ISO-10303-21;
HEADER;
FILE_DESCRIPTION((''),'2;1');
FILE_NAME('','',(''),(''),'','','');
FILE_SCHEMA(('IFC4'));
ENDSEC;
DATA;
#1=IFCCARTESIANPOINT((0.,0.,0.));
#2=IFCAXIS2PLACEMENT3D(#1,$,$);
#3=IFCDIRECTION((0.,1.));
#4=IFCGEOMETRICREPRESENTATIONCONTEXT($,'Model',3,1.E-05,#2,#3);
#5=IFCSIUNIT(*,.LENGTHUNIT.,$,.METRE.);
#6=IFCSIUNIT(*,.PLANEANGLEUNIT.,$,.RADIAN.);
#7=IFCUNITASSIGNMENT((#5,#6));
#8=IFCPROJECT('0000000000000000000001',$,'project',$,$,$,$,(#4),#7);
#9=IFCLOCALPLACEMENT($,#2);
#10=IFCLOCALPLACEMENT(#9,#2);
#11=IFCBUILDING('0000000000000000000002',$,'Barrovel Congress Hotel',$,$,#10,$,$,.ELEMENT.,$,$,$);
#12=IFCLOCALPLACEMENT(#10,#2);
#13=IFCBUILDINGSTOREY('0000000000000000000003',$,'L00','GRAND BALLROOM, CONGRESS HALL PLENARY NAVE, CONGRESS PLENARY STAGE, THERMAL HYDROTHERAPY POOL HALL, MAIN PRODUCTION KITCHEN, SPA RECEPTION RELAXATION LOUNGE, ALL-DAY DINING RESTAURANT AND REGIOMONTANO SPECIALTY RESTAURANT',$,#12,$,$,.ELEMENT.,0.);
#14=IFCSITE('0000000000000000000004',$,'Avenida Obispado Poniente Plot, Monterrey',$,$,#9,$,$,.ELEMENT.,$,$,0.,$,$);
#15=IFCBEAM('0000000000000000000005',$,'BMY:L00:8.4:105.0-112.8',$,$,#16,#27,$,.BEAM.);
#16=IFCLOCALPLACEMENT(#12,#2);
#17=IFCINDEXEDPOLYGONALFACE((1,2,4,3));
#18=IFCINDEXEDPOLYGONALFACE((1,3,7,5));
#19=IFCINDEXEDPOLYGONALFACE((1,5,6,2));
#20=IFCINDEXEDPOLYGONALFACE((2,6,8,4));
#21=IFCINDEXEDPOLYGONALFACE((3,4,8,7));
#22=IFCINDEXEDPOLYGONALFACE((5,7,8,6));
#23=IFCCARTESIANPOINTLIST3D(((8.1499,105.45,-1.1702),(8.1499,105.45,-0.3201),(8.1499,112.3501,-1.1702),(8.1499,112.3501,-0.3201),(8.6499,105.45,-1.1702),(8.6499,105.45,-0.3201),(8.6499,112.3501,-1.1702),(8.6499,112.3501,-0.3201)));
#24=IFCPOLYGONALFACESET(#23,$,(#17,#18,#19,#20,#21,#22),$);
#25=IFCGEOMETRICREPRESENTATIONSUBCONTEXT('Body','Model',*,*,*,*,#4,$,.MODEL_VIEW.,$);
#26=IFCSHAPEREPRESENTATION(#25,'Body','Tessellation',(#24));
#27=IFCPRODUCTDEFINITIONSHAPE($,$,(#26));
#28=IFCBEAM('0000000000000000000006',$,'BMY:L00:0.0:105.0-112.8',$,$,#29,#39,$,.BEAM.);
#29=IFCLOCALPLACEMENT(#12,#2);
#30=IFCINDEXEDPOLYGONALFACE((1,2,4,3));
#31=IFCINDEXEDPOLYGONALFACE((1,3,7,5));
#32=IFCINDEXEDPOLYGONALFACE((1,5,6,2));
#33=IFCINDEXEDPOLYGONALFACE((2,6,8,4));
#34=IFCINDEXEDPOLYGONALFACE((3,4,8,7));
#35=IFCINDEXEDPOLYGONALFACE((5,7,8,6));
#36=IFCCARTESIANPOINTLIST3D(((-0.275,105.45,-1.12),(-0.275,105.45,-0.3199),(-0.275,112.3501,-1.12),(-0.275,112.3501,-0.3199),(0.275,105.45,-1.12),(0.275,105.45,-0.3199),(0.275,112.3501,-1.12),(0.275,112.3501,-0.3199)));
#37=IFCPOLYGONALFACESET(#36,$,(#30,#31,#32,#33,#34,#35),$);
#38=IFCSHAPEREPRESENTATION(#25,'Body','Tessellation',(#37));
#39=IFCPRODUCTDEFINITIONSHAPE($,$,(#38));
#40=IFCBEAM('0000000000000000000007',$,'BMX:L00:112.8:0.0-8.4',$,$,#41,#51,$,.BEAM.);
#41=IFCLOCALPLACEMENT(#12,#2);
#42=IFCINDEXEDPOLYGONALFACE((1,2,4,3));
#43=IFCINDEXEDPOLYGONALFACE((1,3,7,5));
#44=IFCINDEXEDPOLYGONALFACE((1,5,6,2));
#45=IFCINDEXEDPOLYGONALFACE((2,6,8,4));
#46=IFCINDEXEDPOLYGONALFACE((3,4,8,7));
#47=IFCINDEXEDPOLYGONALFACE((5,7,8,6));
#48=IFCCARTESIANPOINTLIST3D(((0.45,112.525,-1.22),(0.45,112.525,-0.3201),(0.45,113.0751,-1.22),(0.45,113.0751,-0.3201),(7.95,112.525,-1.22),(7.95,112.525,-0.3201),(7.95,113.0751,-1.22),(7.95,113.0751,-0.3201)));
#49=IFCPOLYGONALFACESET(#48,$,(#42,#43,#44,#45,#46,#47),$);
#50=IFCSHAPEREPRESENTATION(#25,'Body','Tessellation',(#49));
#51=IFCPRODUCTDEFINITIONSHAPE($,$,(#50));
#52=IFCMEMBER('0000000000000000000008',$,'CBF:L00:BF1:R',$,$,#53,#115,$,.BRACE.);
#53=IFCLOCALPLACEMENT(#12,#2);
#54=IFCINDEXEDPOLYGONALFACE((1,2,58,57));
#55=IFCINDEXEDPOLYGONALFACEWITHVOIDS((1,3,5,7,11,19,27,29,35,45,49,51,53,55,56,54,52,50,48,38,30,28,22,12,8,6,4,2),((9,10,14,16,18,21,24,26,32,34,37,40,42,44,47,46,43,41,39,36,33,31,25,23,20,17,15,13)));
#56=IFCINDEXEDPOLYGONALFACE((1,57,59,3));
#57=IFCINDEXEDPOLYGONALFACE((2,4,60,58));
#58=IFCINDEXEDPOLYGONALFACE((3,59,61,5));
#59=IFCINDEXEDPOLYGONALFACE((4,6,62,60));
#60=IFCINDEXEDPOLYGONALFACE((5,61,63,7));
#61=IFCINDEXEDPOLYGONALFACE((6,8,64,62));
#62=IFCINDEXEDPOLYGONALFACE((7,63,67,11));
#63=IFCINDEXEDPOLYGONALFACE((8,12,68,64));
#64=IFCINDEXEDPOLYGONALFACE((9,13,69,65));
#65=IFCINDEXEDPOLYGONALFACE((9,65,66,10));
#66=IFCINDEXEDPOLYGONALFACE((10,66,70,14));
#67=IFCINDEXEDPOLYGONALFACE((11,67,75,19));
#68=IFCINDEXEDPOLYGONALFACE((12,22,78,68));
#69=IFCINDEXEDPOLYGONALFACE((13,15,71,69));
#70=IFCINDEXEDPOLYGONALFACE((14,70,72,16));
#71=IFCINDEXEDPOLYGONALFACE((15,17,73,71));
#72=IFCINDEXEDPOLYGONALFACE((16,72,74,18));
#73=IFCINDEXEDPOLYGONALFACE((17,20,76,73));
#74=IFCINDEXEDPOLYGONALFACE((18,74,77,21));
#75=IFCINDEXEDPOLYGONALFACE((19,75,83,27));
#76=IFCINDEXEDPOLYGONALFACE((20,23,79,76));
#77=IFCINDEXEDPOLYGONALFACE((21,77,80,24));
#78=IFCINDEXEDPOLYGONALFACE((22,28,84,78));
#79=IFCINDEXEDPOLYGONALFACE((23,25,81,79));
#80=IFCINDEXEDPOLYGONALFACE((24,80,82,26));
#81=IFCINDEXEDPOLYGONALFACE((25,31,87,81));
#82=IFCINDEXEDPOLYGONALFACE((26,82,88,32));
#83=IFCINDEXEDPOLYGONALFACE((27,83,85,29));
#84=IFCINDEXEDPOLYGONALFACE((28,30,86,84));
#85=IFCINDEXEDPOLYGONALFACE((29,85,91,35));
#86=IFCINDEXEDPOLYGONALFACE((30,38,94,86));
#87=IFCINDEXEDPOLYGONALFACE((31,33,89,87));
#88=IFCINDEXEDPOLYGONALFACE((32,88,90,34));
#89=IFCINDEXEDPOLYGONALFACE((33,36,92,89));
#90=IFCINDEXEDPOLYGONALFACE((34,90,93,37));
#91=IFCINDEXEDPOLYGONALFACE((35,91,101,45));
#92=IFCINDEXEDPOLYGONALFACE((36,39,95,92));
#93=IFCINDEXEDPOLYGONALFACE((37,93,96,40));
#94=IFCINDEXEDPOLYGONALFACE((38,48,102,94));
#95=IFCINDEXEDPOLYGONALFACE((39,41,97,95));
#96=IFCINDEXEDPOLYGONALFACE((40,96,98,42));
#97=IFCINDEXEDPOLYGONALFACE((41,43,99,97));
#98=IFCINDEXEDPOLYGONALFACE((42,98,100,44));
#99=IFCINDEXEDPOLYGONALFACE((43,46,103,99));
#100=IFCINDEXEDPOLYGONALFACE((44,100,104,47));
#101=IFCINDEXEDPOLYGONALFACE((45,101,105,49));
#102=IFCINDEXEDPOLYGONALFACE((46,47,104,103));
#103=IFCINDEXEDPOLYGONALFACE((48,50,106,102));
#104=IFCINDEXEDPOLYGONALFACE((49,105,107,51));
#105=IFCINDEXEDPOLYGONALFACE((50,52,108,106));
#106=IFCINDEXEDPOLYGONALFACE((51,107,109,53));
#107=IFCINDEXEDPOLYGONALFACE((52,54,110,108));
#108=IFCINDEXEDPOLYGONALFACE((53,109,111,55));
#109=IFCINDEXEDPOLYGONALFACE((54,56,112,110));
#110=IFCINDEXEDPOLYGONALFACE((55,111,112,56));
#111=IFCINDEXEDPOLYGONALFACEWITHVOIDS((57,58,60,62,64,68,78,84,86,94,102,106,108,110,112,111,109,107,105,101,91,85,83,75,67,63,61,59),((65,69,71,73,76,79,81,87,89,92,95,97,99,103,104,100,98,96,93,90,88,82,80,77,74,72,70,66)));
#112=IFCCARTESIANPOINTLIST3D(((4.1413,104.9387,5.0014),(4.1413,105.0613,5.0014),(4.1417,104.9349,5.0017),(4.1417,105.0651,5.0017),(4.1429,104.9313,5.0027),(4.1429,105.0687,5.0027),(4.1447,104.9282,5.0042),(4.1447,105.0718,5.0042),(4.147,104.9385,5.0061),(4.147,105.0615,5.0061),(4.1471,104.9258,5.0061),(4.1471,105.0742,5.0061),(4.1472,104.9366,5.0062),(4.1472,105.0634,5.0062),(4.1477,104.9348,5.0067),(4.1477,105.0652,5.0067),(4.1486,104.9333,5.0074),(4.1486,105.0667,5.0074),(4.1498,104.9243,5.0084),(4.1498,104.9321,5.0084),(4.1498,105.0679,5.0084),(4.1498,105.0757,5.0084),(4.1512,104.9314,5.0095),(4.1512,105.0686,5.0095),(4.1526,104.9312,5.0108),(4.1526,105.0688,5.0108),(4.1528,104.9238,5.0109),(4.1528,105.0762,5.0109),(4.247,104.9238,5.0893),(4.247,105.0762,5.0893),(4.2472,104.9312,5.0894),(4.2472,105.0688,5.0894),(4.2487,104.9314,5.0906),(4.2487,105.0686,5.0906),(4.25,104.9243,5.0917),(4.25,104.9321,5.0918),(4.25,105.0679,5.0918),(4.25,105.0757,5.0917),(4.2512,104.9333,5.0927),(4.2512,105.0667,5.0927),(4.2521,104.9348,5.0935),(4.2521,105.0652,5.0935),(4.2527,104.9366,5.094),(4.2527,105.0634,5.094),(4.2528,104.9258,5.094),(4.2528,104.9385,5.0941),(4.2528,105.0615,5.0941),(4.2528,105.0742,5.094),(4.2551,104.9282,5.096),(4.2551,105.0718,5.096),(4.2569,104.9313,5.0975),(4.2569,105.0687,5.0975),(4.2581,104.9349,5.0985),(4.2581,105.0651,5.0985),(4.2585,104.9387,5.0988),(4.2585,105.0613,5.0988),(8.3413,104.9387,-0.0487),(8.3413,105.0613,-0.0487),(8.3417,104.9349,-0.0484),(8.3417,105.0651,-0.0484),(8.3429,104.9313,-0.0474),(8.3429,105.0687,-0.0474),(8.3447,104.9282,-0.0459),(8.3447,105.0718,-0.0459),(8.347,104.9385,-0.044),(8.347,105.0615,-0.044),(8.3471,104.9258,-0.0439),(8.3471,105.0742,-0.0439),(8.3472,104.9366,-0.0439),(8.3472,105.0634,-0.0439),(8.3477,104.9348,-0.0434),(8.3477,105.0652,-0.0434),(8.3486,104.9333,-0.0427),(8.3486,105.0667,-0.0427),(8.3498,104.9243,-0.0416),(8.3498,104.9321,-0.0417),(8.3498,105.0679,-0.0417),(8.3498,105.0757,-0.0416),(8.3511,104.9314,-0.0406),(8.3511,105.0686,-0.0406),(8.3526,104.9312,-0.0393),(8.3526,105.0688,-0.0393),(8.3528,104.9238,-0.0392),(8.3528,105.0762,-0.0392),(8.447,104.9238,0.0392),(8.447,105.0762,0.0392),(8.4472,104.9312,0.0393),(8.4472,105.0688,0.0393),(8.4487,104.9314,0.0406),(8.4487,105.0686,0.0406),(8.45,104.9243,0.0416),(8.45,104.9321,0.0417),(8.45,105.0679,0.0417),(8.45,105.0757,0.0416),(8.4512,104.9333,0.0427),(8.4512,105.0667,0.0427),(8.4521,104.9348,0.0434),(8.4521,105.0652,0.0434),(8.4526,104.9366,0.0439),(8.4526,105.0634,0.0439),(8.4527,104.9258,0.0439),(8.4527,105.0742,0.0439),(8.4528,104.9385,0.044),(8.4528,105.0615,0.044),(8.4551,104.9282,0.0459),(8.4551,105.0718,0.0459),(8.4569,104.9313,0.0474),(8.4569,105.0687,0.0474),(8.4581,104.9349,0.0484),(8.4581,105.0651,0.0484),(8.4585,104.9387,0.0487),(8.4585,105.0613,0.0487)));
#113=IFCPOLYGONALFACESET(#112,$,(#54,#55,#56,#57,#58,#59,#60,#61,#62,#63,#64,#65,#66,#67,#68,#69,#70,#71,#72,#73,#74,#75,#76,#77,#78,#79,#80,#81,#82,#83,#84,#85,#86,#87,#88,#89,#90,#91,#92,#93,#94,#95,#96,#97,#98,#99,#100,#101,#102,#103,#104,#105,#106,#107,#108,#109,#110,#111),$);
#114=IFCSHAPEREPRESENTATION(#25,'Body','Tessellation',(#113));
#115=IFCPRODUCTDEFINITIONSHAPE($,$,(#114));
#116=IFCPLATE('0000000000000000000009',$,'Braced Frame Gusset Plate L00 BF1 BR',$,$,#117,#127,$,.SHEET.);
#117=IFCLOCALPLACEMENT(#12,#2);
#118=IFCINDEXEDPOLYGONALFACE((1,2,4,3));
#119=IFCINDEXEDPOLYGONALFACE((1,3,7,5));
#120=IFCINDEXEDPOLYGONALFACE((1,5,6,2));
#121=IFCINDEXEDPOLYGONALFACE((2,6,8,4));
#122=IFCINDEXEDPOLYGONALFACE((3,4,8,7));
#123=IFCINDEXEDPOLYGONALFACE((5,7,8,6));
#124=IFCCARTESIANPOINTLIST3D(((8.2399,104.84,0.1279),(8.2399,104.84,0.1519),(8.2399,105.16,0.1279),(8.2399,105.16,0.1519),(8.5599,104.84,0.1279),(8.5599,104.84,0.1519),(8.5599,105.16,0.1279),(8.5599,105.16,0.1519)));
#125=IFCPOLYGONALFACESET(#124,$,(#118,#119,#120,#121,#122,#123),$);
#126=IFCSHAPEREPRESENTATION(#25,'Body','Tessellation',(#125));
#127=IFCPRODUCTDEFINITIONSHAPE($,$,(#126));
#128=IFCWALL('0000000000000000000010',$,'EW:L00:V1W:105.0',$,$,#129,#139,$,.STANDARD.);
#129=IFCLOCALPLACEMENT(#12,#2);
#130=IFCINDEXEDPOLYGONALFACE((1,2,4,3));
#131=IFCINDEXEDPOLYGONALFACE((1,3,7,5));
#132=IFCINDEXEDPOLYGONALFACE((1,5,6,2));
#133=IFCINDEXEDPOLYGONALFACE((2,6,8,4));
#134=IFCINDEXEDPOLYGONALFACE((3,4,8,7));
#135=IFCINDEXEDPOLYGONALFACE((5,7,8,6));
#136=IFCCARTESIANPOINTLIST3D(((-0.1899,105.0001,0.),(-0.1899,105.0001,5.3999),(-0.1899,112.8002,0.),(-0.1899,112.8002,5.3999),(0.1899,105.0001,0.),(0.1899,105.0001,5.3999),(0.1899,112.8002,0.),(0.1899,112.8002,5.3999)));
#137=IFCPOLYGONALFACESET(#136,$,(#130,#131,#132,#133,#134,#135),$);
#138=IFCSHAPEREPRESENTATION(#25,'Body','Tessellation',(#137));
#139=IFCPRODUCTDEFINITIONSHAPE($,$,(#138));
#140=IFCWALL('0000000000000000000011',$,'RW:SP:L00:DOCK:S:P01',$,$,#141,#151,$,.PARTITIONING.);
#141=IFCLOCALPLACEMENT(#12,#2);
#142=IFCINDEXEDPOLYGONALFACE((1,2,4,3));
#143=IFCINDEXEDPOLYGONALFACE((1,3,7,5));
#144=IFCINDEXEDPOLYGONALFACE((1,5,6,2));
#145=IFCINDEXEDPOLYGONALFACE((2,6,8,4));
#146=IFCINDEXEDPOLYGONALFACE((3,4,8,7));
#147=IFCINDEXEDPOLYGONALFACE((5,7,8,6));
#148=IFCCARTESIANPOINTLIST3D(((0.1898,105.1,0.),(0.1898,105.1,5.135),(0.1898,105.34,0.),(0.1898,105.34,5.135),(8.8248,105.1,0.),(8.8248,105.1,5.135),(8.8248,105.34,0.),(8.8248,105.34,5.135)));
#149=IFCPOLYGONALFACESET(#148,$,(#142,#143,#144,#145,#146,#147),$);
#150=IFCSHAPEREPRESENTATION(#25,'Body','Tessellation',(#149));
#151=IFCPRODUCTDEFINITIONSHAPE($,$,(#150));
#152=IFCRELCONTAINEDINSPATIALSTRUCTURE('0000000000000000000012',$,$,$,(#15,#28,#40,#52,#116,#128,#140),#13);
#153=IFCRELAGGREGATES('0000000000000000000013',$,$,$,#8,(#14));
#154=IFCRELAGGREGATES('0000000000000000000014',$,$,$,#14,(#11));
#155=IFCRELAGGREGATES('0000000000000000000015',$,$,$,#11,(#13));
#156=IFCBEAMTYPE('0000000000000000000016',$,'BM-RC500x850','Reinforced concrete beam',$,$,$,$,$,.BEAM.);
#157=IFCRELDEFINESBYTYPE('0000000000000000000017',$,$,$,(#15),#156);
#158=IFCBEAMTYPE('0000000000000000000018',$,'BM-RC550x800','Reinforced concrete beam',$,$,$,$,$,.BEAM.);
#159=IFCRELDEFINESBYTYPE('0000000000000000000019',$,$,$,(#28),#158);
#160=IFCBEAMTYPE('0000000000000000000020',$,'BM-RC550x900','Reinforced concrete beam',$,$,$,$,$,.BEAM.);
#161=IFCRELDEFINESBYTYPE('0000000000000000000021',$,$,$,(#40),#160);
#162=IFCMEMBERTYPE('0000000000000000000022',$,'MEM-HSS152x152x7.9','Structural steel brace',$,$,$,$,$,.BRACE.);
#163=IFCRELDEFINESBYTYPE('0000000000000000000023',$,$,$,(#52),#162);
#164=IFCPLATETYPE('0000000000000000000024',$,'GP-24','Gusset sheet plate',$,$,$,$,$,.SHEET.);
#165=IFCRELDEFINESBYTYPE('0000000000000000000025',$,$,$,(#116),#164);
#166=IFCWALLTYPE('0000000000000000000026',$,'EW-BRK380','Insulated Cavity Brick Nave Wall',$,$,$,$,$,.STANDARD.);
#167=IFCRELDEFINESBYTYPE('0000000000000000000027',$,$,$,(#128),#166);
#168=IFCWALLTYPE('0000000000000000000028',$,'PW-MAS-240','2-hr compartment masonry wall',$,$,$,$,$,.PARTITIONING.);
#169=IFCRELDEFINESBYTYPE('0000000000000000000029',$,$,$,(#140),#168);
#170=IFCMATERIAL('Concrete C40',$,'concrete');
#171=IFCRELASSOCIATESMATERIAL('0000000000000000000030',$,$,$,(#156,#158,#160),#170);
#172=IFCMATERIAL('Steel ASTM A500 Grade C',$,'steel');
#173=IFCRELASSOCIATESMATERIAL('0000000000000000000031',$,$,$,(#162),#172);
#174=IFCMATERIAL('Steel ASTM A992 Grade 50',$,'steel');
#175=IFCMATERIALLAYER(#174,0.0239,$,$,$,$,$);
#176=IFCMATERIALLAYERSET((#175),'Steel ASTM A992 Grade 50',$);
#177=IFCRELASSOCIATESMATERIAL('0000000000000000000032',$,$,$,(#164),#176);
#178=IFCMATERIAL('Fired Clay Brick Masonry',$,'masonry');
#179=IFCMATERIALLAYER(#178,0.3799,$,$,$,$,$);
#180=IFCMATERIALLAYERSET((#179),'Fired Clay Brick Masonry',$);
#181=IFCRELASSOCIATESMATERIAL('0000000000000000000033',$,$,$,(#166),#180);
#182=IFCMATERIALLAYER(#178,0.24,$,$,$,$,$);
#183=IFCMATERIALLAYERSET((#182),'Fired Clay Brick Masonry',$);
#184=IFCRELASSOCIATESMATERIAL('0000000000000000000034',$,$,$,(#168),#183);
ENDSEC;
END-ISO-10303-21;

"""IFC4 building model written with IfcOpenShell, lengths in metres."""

from ifc_helpers import new_model, si_unit, direction, frame, frame_2d, origin, origin_2d, place, context, subcontext, project, spatial, rectangle, hollow_rectangle, extrude, material, layer, layer_set, material_profile, profile_set, type_object, element, save


model = new_model("IFC4")

# Units and contexts
model_context = context("Model", 3, precision=1e-05, world=origin(), true_north=direction((0.0, 1.0)))
body_context = subcontext(model_context, "Body", "Model", "MODEL_VIEW")
ifc_project = project(units=[si_unit("LENGTHUNIT", "METRE"), si_unit("PLANEANGLEUNIT", "RADIAN")], contexts=[model_context])

# Site, building, storey
site_placement = place(None, origin())
site = spatial("IfcSite", under=ifc_project, at=site_placement, Name="Avenida Obispado Poniente Plot, Monterrey", CompositionType="ELEMENT", RefElevation=0.0)
building_placement = place(site_placement, origin())
building = spatial("IfcBuilding", under=site, at=building_placement, Name="Barrovel Congress Hotel", CompositionType="ELEMENT")
storey_placement = place(building_placement, origin())
storey = spatial("IfcBuildingStorey", under=building, at=storey_placement, Name="L00", Description="GRAND BALLROOM, CONGRESS HALL PLENARY NAVE, CONGRESS PLENARY STAGE, THERMAL HYDROTHERAPY POOL HALL, MAIN PRODUCTION KITCHEN, SPA RECEPTION RELAXATION LOUNGE, ALL-DAY DINING RESTAURANT AND REGIOMONTANO SPECIALTY RESTAURANT", CompositionType="ELEMENT", Elevation=0.0)

# Shared definitions
ifc_material_1 = material(Name="Concrete C40", Category="concrete")

# Beams
ifc_material_profile_1 = material_profile(ifc_material_1, rectangle(XDim=0.5, YDim=0.8501, at=origin_2d()), Name="RC500x850")
ifc_profile_set_1 = profile_set([ifc_material_profile_1], Name="Concrete C40")
beam_type_1 = type_object("IfcBeamType", Name="BM-RC500x850", Description="Reinforced concrete beam", PredefinedType="BEAM", material=ifc_profile_set_1)
beam_1_placement = place(storey_placement, frame((8.3999, 105.45, -0.7451), z_axis=(0.0, 1.0, 0.0), x_axis=(-1.0, 0.0, 0.0)))
element("IfcBeam", 1, at=beam_1_placement, inside=storey, type_object=beam_type_1, Name="BMY:L00:8.4:105.0-112.8", PredefinedType="BEAM", context=body_context, shape_type="SweptSolid", body=[
    extrude(rectangle(XDim=0.5, YDim=0.8501, at=origin_2d()), origin(), (0.0, 0.0, 1.0), 6.9001),
])
ifc_material_profile_2 = material_profile(ifc_material_1, rectangle(XDim=0.55, YDim=0.8, at=origin_2d()), Name="RC550x800")
ifc_profile_set_2 = profile_set([ifc_material_profile_2], Name="Concrete C40")
beam_type_2 = type_object("IfcBeamType", Name="BM-RC550x800", Description="Reinforced concrete beam", PredefinedType="BEAM", material=ifc_profile_set_2)
beam_2_placement = place(storey_placement, frame((0.0, 105.45, -0.72), z_axis=(0.0, 1.0, 0.0), x_axis=(-1.0, 0.0, 0.0)))
element("IfcBeam", 2, at=beam_2_placement, inside=storey, type_object=beam_type_2, Name="BMY:L00:0.0:105.0-112.8", PredefinedType="BEAM", context=body_context, shape_type="SweptSolid", body=[
    extrude(rectangle(XDim=0.55, YDim=0.8, at=origin_2d()), origin(), (0.0, 0.0, 1.0), 6.9001),
])
ifc_material_profile_3 = material_profile(ifc_material_1, rectangle(XDim=0.55, YDim=0.8999, at=origin_2d()), Name="RC550x900")
ifc_profile_set_3 = profile_set([ifc_material_profile_3], Name="Concrete C40")
beam_type_3 = type_object("IfcBeamType", Name="BM-RC550x900", Description="Reinforced concrete beam", PredefinedType="BEAM", material=ifc_profile_set_3)
beam_3_placement = place(storey_placement, frame((0.45, 112.8, -0.77), z_axis=(1.0, 0.0, 0.0), x_axis=(0.0, 1.0, 0.0)))
element("IfcBeam", 3, at=beam_3_placement, inside=storey, type_object=beam_type_3, Name="BMX:L00:112.8:0.0-8.4", PredefinedType="BEAM", context=body_context, shape_type="SweptSolid", body=[
    extrude(rectangle(XDim=0.55, YDim=0.8999, at=origin_2d()), origin(), (0.0, 0.0, 1.0), 7.5),
])

# Member
ifc_material_2 = material(Name="Steel ASTM A500 Grade C", Category="steel")
ifc_material_profile_4 = material_profile(ifc_material_2, hollow_rectangle(XDim=0.1523, YDim=0.1523, WallThickness=0.0073, InnerFilletRadius=0.0073, OuterFilletRadius=0.0149, at=origin_2d()), Name="HSS152x152x7.9")
ifc_profile_set_4 = profile_set([ifc_material_profile_4], Name="Steel ASTM A500 Grade C")
member_type = type_object("IfcMemberType", Name="MEM-HSS152x152x7.9", Description="Structural steel brace", PredefinedType="BRACE", material=ifc_profile_set_4)
member_placement = place(storey_placement, frame((8.3999, 105.0, 0.0), z_axis=(-0.639427, 0.0, 0.768852), x_axis=(0.0, -1.0, 0.0)))
element("IfcMember", 4, at=member_placement, inside=storey, type_object=member_type, Name="CBF:L00:BF1:R", PredefinedType="BRACE", context=body_context, shape_type="SweptSolid", body=[
    extrude(hollow_rectangle(XDim=0.1523, YDim=0.1523, WallThickness=0.0073, InnerFilletRadius=0.0073, OuterFilletRadius=0.0149, at=origin_2d()), origin(), (0.0, 0.0, 1.0), 6.5684),
])

# Plate
ifc_material_3 = material(Name="Steel ASTM A992 Grade 50", Category="steel")
ifc_layer_1 = layer(ifc_material_3, 0.0239)
ifc_layer_set_1 = layer_set([ifc_layer_1], Name="Steel ASTM A992 Grade 50")
plate_type = type_object("IfcPlateType", Name="GP-24", Description="Gusset sheet plate", PredefinedType="SHEET", material=ifc_layer_set_1)
plate_placement = place(storey_placement, frame((8.3999, 105.0, 0.1279), z_axis=(0.0, 0.0, 1.0), x_axis=(1.0, 0.0, 0.0)))
element("IfcPlate", 5, at=plate_placement, inside=storey, type_object=plate_type, Name="Braced Frame Gusset Plate L00 BF1 BR", PredefinedType="SHEET", context=body_context, shape_type="SweptSolid", body=[
    extrude(rectangle(XDim=0.3201, YDim=0.3201, at=origin_2d()), origin(), (0.0, 0.0, 1.0), 0.0239),
])

# Walls
ifc_material_4 = material(Name="Fired Clay Brick Masonry", Category="masonry")
ifc_layer_2 = layer(ifc_material_4, 0.3799)
ifc_layer_set_2 = layer_set([ifc_layer_2], Name="Fired Clay Brick Masonry")
wall_type_1 = type_object("IfcWallType", Name="EW-BRK380", Description="Insulated Cavity Brick Nave Wall", PredefinedType="STANDARD", material=ifc_layer_set_2)
wall_1_placement = place(storey_placement, frame((0.0, 112.8, 0.0), z_axis=(0.0, 0.0, 1.0), x_axis=(0.0, -1.0, 0.0)))
element("IfcWall", 6, at=wall_1_placement, inside=storey, type_object=wall_type_1, Name="EW:L00:V1W:105.0", PredefinedType="STANDARD", context=body_context, shape_type="SweptSolid", body=[
    extrude(rectangle(XDim=7.8, YDim=0.3799, at=frame_2d((3.8999, 0.0))), origin(), (0.0, 0.0, 1.0), 5.3999),
])
ifc_layer_3 = layer(ifc_material_4, 0.24)
ifc_layer_set_3 = layer_set([ifc_layer_3], Name="Fired Clay Brick Masonry")
wall_type_2 = type_object("IfcWallType", Name="PW-MAS-240", Description="2-hr compartment masonry wall", PredefinedType="PARTITIONING", material=ifc_layer_set_3)
wall_2_placement = place(storey_placement, frame((0.1899, 105.22, 0.0), z_axis=(0.0, 0.0, 1.0), x_axis=(1.0, 0.0, 0.0)))
element("IfcWall", 7, at=wall_2_placement, inside=storey, type_object=wall_type_2, Name="RW:SP:L00:DOCK:S:P01", PredefinedType="PARTITIONING", context=body_context, shape_type="SweptSolid", body=[
    extrude(rectangle(XDim=8.635, YDim=0.24, at=frame_2d((4.3174, 0.0))), origin(), (0.0, 0.0, 1.0), 5.135),
])

save(model, "model.ifc")
